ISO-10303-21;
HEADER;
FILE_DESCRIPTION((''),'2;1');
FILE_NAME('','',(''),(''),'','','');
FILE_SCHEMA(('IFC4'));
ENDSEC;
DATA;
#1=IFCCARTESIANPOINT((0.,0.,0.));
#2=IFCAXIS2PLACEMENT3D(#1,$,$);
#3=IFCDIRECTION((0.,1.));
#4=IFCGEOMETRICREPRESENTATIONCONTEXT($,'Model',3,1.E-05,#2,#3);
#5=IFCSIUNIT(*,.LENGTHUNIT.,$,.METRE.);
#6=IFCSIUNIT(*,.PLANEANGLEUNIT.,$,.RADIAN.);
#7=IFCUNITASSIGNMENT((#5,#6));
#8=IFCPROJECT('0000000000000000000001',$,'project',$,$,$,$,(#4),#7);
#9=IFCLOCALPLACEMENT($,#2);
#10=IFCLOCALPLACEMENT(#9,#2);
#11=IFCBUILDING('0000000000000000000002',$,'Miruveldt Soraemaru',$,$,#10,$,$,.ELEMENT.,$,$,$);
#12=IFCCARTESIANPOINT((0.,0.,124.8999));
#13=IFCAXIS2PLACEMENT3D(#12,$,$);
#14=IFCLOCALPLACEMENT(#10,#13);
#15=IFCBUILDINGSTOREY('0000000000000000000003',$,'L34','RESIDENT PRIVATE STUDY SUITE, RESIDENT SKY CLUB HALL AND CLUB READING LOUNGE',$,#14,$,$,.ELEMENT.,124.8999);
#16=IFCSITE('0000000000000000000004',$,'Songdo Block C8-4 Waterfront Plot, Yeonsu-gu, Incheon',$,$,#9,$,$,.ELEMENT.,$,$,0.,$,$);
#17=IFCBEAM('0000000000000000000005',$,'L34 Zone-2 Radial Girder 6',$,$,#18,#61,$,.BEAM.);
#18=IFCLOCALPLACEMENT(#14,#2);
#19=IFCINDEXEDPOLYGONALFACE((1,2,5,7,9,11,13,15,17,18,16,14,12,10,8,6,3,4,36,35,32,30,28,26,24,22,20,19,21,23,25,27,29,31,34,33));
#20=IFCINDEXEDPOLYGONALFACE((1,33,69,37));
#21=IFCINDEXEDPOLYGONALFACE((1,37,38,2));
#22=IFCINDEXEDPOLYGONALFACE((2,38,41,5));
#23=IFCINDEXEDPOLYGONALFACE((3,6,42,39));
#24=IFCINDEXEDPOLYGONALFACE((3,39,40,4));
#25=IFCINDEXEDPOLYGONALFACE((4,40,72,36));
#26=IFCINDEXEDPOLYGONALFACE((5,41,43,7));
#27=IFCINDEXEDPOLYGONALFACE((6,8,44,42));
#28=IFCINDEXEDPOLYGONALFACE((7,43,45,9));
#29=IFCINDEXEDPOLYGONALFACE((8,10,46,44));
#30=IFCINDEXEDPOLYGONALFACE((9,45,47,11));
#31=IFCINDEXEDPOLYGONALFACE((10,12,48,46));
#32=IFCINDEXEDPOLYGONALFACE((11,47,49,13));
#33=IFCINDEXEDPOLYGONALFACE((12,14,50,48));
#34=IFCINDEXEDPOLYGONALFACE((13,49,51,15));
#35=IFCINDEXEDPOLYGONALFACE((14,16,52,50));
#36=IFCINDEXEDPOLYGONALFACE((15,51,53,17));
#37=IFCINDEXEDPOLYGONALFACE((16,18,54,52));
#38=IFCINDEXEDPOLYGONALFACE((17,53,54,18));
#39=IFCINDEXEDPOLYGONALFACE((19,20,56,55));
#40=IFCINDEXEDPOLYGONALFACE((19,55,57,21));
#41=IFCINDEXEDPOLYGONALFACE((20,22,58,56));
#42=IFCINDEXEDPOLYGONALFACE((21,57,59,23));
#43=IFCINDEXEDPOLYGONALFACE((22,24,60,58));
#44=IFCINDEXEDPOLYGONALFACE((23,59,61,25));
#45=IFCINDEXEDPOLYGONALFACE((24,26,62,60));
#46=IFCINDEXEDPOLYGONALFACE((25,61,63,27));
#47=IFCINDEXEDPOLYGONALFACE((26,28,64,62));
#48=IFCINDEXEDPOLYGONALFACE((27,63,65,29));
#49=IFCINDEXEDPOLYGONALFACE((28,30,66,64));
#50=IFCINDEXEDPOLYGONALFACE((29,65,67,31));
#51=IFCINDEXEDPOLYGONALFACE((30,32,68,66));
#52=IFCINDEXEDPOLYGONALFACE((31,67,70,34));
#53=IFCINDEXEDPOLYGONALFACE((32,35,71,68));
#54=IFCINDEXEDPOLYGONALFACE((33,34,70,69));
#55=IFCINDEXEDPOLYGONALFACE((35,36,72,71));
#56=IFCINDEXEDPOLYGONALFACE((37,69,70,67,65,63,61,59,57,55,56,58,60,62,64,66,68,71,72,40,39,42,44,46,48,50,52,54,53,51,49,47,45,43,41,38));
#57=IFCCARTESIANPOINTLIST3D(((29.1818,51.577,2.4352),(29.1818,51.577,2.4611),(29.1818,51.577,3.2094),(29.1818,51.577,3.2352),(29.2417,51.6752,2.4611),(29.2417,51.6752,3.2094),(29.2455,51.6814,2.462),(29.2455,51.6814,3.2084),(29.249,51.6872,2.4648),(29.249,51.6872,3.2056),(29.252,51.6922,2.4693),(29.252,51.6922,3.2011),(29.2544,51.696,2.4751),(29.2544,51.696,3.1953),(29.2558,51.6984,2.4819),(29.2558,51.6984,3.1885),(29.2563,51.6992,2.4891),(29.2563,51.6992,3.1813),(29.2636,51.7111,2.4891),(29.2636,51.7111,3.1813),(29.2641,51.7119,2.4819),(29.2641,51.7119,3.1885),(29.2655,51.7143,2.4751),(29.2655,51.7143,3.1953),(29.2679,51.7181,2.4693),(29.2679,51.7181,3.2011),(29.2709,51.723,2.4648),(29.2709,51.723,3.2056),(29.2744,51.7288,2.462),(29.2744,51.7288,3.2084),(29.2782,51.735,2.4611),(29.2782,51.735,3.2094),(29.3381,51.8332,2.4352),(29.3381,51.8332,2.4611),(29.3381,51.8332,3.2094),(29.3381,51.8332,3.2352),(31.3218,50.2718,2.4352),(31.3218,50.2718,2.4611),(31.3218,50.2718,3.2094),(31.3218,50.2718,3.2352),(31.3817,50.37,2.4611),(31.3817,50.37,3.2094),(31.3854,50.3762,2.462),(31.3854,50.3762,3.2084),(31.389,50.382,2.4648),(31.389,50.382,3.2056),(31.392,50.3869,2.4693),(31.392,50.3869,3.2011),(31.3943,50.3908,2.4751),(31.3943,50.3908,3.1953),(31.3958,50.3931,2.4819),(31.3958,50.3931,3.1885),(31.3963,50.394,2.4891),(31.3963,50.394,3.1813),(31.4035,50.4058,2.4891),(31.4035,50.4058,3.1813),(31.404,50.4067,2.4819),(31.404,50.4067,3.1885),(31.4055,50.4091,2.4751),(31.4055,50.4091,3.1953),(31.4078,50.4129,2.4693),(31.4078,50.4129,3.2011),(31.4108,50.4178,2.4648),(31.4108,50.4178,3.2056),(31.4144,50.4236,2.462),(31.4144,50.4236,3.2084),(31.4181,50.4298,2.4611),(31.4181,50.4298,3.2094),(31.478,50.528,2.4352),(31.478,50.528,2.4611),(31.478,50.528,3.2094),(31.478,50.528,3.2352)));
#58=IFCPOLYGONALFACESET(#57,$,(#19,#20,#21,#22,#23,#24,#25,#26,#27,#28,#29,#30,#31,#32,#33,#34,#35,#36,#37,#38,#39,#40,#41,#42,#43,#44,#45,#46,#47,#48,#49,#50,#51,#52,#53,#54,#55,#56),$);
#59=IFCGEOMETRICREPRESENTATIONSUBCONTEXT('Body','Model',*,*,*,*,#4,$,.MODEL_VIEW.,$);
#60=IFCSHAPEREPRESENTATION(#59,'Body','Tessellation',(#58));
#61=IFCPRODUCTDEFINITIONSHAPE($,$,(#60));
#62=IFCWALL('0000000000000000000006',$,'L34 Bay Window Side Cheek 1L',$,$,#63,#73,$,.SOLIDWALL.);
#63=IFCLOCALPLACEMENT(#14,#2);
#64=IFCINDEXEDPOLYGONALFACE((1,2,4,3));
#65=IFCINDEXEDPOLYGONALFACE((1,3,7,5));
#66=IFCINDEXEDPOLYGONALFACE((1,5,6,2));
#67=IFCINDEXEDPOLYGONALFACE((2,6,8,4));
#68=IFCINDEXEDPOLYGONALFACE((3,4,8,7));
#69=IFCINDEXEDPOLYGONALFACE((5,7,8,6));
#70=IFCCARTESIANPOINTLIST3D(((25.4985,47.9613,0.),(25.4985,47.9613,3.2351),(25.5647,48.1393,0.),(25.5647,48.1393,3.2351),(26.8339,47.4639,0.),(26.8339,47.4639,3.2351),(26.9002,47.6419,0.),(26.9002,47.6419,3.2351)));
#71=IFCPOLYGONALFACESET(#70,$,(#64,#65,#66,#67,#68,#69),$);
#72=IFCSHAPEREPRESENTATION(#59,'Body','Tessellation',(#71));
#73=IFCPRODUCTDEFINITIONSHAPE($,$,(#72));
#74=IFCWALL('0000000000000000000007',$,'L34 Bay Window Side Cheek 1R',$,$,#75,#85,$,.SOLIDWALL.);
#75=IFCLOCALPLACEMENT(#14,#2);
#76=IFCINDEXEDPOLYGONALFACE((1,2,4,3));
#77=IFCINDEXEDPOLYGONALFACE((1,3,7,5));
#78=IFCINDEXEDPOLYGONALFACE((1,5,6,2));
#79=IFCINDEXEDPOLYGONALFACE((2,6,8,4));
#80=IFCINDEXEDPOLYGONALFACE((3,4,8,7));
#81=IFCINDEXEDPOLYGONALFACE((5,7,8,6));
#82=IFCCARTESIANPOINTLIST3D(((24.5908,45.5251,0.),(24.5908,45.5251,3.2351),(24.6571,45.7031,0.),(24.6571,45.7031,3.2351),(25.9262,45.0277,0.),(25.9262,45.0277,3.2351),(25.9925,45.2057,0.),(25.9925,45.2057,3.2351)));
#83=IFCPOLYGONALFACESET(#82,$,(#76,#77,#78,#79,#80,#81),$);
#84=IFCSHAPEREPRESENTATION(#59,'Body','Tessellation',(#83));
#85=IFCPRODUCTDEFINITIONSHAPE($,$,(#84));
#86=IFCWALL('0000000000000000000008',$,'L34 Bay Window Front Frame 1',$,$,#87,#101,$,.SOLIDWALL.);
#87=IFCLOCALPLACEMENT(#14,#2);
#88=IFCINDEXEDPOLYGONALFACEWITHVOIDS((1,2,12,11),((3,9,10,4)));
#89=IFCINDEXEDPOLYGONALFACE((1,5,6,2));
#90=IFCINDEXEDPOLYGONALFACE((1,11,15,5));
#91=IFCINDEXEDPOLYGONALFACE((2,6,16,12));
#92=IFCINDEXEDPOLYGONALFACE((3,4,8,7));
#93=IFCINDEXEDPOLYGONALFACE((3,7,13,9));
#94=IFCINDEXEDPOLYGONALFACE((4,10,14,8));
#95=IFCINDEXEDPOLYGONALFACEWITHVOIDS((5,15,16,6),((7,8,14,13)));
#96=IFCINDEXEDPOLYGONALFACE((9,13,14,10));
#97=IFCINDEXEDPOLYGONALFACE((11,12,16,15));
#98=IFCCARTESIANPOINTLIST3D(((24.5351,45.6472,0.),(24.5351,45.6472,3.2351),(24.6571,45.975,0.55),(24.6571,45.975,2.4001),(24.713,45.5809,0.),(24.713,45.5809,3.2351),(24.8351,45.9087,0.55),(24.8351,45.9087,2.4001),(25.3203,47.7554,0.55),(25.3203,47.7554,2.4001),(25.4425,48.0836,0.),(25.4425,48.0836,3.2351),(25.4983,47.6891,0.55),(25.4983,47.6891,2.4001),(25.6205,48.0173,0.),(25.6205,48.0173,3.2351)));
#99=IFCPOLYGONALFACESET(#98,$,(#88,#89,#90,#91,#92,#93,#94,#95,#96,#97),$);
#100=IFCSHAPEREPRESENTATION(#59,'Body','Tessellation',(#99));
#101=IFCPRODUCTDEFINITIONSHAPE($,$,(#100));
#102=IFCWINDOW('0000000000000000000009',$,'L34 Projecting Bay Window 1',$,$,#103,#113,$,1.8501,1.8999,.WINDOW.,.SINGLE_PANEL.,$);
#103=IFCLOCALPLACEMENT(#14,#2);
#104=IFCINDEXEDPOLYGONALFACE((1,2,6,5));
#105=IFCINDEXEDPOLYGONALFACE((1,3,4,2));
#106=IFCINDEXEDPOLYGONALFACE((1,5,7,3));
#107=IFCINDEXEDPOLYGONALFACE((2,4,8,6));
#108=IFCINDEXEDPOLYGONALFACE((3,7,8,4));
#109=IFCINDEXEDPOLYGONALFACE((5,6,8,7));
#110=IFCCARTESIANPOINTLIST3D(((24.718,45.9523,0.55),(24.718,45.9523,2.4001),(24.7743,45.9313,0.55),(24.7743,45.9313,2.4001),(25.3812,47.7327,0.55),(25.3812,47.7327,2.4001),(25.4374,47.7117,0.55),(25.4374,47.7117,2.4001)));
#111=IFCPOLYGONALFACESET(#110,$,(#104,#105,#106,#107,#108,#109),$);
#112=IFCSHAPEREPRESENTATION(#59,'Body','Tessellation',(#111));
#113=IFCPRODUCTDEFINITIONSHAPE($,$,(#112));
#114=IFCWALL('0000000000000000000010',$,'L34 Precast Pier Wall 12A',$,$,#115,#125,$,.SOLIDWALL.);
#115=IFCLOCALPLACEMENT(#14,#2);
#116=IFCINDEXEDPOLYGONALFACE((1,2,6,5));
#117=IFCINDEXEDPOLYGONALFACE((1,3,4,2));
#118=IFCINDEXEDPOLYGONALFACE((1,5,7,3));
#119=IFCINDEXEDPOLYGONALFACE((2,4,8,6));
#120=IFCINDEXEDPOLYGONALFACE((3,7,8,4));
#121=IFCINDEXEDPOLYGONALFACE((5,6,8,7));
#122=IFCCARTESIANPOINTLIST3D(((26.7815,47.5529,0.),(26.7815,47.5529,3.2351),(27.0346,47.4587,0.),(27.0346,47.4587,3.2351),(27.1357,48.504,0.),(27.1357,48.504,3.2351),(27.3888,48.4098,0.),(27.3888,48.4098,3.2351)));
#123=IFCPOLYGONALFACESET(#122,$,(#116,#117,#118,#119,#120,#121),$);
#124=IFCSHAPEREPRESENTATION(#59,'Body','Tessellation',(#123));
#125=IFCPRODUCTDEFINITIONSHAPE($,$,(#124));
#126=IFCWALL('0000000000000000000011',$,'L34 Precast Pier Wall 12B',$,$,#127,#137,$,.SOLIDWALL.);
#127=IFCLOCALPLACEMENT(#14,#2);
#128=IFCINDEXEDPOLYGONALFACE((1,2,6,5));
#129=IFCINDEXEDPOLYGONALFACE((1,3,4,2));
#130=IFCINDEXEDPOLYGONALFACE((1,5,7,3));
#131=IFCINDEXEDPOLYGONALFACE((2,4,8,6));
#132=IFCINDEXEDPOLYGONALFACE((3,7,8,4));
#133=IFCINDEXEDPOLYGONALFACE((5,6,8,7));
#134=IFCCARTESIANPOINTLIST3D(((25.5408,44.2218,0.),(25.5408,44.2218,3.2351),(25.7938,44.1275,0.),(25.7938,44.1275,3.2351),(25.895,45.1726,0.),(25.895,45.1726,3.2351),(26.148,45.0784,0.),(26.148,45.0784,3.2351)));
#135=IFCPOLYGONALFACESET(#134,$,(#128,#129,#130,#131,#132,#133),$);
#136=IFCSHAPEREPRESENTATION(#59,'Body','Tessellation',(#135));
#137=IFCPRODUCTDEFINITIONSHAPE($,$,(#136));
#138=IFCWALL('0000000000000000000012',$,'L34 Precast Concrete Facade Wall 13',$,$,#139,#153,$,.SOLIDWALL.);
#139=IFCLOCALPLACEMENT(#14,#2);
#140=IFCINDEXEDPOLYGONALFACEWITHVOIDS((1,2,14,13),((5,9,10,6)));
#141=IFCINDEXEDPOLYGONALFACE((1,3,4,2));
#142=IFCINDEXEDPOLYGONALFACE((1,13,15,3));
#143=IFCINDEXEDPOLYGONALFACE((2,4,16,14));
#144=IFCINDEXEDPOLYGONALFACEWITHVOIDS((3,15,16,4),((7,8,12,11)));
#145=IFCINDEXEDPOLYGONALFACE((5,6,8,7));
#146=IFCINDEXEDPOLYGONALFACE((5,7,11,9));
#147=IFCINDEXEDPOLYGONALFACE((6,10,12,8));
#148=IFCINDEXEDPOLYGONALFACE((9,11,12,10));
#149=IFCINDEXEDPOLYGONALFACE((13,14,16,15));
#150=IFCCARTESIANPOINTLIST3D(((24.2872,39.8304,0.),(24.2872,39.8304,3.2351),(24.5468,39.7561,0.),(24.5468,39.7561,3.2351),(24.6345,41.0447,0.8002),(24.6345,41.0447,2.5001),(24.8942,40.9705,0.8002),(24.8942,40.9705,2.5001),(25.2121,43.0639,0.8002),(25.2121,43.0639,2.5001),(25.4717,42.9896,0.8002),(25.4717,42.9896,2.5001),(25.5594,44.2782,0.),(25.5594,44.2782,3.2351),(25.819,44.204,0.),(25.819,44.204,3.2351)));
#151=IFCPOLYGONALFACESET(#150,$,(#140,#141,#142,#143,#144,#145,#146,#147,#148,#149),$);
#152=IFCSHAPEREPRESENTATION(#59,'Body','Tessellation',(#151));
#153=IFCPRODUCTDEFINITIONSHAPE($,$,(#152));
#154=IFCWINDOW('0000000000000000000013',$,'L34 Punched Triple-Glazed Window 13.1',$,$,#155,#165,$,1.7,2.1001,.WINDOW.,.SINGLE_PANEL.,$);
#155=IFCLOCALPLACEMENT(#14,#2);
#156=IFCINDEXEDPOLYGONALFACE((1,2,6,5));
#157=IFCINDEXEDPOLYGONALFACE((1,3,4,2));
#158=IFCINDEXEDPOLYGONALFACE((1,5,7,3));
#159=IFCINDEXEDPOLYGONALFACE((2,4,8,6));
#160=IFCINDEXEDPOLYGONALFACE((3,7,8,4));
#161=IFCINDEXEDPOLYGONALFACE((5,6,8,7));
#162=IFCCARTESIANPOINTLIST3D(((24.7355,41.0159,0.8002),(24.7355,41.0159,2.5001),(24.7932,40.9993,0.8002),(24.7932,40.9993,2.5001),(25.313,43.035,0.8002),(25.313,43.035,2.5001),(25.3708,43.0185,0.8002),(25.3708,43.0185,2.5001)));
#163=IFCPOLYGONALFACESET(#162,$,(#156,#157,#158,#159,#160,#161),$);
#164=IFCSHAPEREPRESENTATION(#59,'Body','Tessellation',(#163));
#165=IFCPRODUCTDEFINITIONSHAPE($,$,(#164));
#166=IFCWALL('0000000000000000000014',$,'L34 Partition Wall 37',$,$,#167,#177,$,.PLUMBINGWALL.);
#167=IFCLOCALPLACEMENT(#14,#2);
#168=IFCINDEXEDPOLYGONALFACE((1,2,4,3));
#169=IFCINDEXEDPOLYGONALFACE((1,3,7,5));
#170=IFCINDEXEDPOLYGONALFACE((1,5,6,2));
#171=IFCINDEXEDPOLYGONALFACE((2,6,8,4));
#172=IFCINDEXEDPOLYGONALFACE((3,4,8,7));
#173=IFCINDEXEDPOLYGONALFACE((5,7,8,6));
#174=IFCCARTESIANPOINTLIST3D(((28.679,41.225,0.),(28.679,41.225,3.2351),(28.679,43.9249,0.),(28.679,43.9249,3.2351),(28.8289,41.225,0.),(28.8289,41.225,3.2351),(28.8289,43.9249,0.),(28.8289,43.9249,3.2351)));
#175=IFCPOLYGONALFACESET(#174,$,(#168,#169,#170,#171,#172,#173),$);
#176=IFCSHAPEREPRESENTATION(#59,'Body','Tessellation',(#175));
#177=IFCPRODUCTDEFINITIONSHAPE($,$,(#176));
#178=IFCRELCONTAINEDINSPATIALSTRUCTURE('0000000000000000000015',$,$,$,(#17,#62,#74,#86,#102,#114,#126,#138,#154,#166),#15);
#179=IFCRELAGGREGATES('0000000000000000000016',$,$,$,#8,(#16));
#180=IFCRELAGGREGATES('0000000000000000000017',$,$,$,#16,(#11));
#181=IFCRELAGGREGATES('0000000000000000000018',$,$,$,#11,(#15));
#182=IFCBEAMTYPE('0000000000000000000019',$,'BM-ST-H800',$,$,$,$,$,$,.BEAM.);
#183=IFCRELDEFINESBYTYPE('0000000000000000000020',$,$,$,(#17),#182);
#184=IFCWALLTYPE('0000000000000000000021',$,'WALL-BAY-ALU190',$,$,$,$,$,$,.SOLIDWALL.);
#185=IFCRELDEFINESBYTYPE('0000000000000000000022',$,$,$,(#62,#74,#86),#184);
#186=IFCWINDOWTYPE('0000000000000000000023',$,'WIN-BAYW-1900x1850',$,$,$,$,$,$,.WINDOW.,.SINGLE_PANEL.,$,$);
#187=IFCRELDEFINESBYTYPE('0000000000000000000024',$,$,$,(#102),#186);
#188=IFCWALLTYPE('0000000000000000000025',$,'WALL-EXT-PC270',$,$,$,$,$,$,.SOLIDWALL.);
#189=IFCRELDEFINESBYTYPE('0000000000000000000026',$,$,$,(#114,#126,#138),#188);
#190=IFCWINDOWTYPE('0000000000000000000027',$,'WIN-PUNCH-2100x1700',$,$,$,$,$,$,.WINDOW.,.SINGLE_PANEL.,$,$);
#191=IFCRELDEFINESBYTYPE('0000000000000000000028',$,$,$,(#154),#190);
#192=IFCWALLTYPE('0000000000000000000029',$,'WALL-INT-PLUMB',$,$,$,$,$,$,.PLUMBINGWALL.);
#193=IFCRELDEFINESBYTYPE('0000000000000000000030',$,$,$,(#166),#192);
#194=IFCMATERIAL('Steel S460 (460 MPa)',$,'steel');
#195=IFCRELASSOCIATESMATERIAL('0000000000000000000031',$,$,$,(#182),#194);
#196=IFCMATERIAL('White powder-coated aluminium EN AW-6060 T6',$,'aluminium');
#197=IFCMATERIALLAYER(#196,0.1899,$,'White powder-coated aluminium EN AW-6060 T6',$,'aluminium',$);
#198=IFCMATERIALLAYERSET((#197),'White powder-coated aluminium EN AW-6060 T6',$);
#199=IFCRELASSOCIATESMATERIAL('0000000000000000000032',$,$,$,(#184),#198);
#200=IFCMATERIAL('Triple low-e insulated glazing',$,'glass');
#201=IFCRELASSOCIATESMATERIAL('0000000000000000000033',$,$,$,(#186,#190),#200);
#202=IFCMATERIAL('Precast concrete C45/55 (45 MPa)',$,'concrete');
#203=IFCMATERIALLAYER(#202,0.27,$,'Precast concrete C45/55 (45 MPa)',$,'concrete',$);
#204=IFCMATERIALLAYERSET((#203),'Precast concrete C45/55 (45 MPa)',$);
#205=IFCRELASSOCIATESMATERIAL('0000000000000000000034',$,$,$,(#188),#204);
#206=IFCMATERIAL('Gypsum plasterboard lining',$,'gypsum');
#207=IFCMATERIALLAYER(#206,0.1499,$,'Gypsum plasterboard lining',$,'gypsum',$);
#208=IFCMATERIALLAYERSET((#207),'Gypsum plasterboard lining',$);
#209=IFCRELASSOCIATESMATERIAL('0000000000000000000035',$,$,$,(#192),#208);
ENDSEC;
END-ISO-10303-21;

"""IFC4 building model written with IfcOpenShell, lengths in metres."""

from ifc_helpers import new_model, si_unit, direction, frame, frame_2d, origin, origin_2d, place, context, subcontext, project, spatial, rectangle, i_section, extrude, material, layer, layer_set, material_profile, profile_set, type_object, element, fill, save


model = new_model("IFC4")

# Units and contexts
model_context = context("Model", 3, precision=1e-05, world=origin(), true_north=direction((0.0, 1.0)))
body_context = subcontext(model_context, "Body", "Model", "MODEL_VIEW")
ifc_project = project(units=[si_unit("LENGTHUNIT", "METRE"), si_unit("PLANEANGLEUNIT", "RADIAN")], contexts=[model_context])

# Site, building, storey
site_placement = place(None, origin())
site = spatial("IfcSite", under=ifc_project, at=site_placement, Name="Songdo Block C8-4 Waterfront Plot, Yeonsu-gu, Incheon", CompositionType="ELEMENT", RefElevation=0.0)
building_placement = place(site_placement, origin())
building = spatial("IfcBuilding", under=site, at=building_placement, Name="Miruveldt Soraemaru", CompositionType="ELEMENT")
storey_placement = place(building_placement, frame((0.0, 0.0, 124.8999)))
storey = spatial("IfcBuildingStorey", under=building, at=storey_placement, Name="L34", Description="RESIDENT PRIVATE STUDY SUITE, RESIDENT SKY CLUB HALL AND CLUB READING LOUNGE", CompositionType="ELEMENT", Elevation=124.8999)

# Beam
ifc_material_1 = material(Name="Steel S460 (460 MPa)", Category="steel")
ifc_material_profile_1 = material_profile(ifc_material_1, i_section(OverallWidth=0.3, OverallDepth=0.8, WebThickness=0.0139, FlangeThickness=0.0259, FilletRadius=0.0281, at=origin_2d()), Name="Steel S460 (460 MPa)", Category="steel")
ifc_profile_set_1 = profile_set([ifc_material_profile_1], Name="Steel S460 (460 MPa)")
beam_type_1 = type_object("IfcBeamType", Name="BM-ST-H800", PredefinedType="BEAM", material=ifc_profile_set_1)
beam_1_placement = place(storey_placement, frame((31.3999, 50.3999, 2.8352), z_axis=(-0.853732, 0.520713, 0.0), x_axis=(-0.520713, -0.853732, 0.0)))
element("IfcBeam", 1, at=beam_1_placement, inside=storey, type_object=beam_type_1, Name="L34 Zone-2 Radial Girder 6", PredefinedType="BEAM", context=body_context, shape_type="SweptSolid", body=[
    extrude(i_section(OverallWidth=0.3, OverallDepth=0.8, WebThickness=0.0139, FlangeThickness=0.0259, FilletRadius=0.0281, at=origin_2d()), origin(), (0.0, 0.0, 1.0), 2.5066),
])

# Walls
ifc_material_2 = material(Name="White powder-coated aluminium EN AW-6060 T6", Category="aluminium")
ifc_layer_1 = layer(ifc_material_2, 0.1899, Name="White powder-coated aluminium EN AW-6060 T6", Category="aluminium")
ifc_layer_set_1 = layer_set([ifc_layer_1], Name="White powder-coated aluminium EN AW-6060 T6")
wall_type_1 = type_object("IfcWallType", Name="WALL-BAY-ALU190", PredefinedType="SOLIDWALL", material=ifc_layer_set_1)
for number, where, z_axis, x_axis, name in (
    (2, (26.8669, 47.553, 0.0), (0.0, 0.0, 1.0), (-0.937129, 0.348982, 0.0), "L34 Bay Window Side Cheek 1L"),
    (3, (24.624, 45.614, 0.0), (0.0, 0.0, 1.0), (0.937129, -0.348982, 0.0), "L34 Bay Window Side Cheek 1R"),
):
    element("IfcWall", number, at=place(storey_placement, frame(where, z_axis=z_axis, x_axis=x_axis)), inside=storey, type_object=wall_type_1, Name=name, PredefinedType="SOLIDWALL", context=body_context, shape_type="SweptSolid", body=[
        extrude(rectangle(XDim=1.425, YDim=0.1899, at=frame_2d((0.7124, 0.0))), origin(), (0.0, 0.0, 1.0), 3.2351),
    ])

# Wall, opening, window
wall_1_placement = place(storey_placement, frame((25.5315, 48.0503, 0.0), z_axis=(0.0, 0.0, 1.0), x_axis=(-0.349054, -0.937103, 0.0)))
wall_1 = element("IfcWall", 4, at=wall_1_placement, inside=storey, type_object=wall_type_1, Name="L34 Bay Window Front Frame 1", PredefinedType="SOLIDWALL", context=body_context, shape_type="SweptSolid", body=[
    extrude(rectangle(XDim=2.5999, YDim=0.1899, at=frame_2d((1.2998, 0.0))), origin(), (0.0, 0.0, 1.0), 3.2351),
])
opening_1_placement = place(wall_1_placement, frame((0.3501, 0.0, 0.55)))
opening_1 = element("IfcOpeningElement", 5, at=opening_1_placement, cuts=wall_1, PredefinedType="OPENING", context=body_context, shape_type="SweptSolid", body=[
    extrude(rectangle(XDim=1.8999, YDim=1.8501, at=frame_2d((0.95, 0.925))), frame((0.0, 0.105, 0.0), z_axis=(0.0, -1.0, 0.0), x_axis=(1.0, 0.0, 0.0)), (0.0, 0.0, 1.0), 0.21),
])
ifc_material_3 = material(Name="Triple low-e insulated glazing", Category="glass")
window_type_1 = type_object("IfcWindowType", Name="WIN-BAYW-1900x1850", PartitioningType="SINGLE_PANEL", PredefinedType="WINDOW", material=ifc_material_3)
window_1_placement = place(opening_1_placement, origin())
window_1 = element("IfcWindow", 6, at=window_1_placement, inside=storey, type_object=window_type_1, Name="L34 Projecting Bay Window 1", OverallHeight=1.8501, OverallWidth=1.8999, PartitioningType="SINGLE_PANEL", PredefinedType="WINDOW", context=body_context, shape_type="SweptSolid", body=[
    extrude(rectangle(XDim=1.8999, YDim=1.8501, at=frame_2d((0.95, 0.925))), frame((0.0, 0.03, 0.0), z_axis=(0.0, -1.0, 0.0), x_axis=(1.0, 0.0, 0.0)), (0.0, 0.0, 1.0), 0.0601),
])
fill(opening_1, window_1)

# Walls
ifc_material_4 = material(Name="Precast concrete C45/55 (45 MPa)", Category="concrete")
ifc_layer_2 = layer(ifc_material_4, 0.27, Name="Precast concrete C45/55 (45 MPa)", Category="concrete")
ifc_layer_set_2 = layer_set([ifc_layer_2], Name="Precast concrete C45/55 (45 MPa)")
wall_type_2 = type_object("IfcWallType", Name="WALL-EXT-PC270", PredefinedType="SOLIDWALL", material=ifc_layer_set_2)
wall_2_placement = place(storey_placement, frame((27.2622, 48.4568, 0.0), z_axis=(0.0, 0.0, 1.0), x_axis=(-0.349014, -0.937118, 0.0)))
element("IfcWall", 7, at=wall_2_placement, inside=storey, type_object=wall_type_2, Name="L34 Precast Pier Wall 12A", PredefinedType="SOLIDWALL", context=body_context, shape_type="SweptSolid", body=[
    extrude(rectangle(XDim=1.0149, YDim=0.27, at=frame_2d((0.5073, 0.0))), origin(), (0.0, 0.0, 1.0), 3.2351),
])
wall_3_placement = place(storey_placement, frame((26.0215, 45.1255, 0.0), z_axis=(0.0, 0.0, 1.0), x_axis=(-0.349092, -0.937088, 0.0)))
element("IfcWall", 8, at=wall_3_placement, inside=storey, type_object=wall_type_2, Name="L34 Precast Pier Wall 12B", PredefinedType="SOLIDWALL", context=body_context, shape_type="SweptSolid", body=[
    extrude(rectangle(XDim=1.0146, YDim=0.27, at=frame_2d((0.5073, 0.0))), origin(), (0.0, 0.0, 1.0), 3.2351),
])

# Wall, opening, window
wall_4_placement = place(storey_placement, frame((25.6892, 44.241, 0.0), z_axis=(0.0, 0.0, 1.0), x_axis=(-0.275007, -0.961442, 0.0)))
wall_4 = element("IfcWall", 9, at=wall_4_placement, inside=storey, type_object=wall_type_2, Name="L34 Precast Concrete Facade Wall 13", PredefinedType="SOLIDWALL", context=body_context, shape_type="SweptSolid", body=[
    extrude(rectangle(XDim=4.6262, YDim=0.27, at=frame_2d((2.313, 0.0))), origin(), (0.0, 0.0, 1.0), 3.2351),
])
opening_2_placement = place(wall_4_placement, frame((1.2629, 0.0, 0.8)))
opening_2 = element("IfcOpeningElement", 10, at=opening_2_placement, cuts=wall_4, PredefinedType="OPENING", context=body_context, shape_type="SweptSolid", body=[
    extrude(rectangle(XDim=2.1001, YDim=1.7, at=frame_2d((1.05, 0.8501))), frame((0.0, 0.145, 0.0), z_axis=(0.0, -1.0, 0.0), x_axis=(1.0, 0.0, 0.0)), (0.0, 0.0, 1.0), 0.29),
])
window_type_2 = type_object("IfcWindowType", Name="WIN-PUNCH-2100x1700", PartitioningType="SINGLE_PANEL", PredefinedType="WINDOW", material=ifc_material_3)
window_2_placement = place(opening_2_placement, origin())
window_2 = element("IfcWindow", 11, at=window_2_placement, inside=storey, type_object=window_type_2, Name="L34 Punched Triple-Glazed Window 13.1", OverallHeight=1.7, OverallWidth=2.1001, PartitioningType="SINGLE_PANEL", PredefinedType="WINDOW", context=body_context, shape_type="SweptSolid", body=[
    extrude(rectangle(XDim=2.1001, YDim=1.7, at=frame_2d((1.05, 0.8501))), frame((0.0, 0.03, 0.0), z_axis=(0.0, -1.0, 0.0), x_axis=(1.0, 0.0, 0.0)), (0.0, 0.0, 1.0), 0.0601),
])
fill(opening_2, window_2)

# Wall
ifc_material_5 = material(Name="Gypsum plasterboard lining", Category="gypsum")
ifc_layer_3 = layer(ifc_material_5, 0.1499, Name="Gypsum plasterboard lining", Category="gypsum")
ifc_layer_set_3 = layer_set([ifc_layer_3], Name="Gypsum plasterboard lining")
wall_type_3 = type_object("IfcWallType", Name="WALL-INT-PLUMB", PredefinedType="PLUMBINGWALL", material=ifc_layer_set_3)
wall_5_placement = place(storey_placement, frame((28.7539, 43.925, 0.0), z_axis=(0.0, 0.0, 1.0), x_axis=(0.0, -1.0, 0.0)))
element("IfcWall", 12, at=wall_5_placement, inside=storey, type_object=wall_type_3, Name="L34 Partition Wall 37", PredefinedType="PLUMBINGWALL", context=body_context, shape_type="SweptSolid", body=[
    extrude(rectangle(XDim=2.7, YDim=0.1499, at=frame_2d((1.3501, 0.0))), origin(), (0.0, 0.0, 1.0), 3.2351),
])

save(model, "model.ifc")
